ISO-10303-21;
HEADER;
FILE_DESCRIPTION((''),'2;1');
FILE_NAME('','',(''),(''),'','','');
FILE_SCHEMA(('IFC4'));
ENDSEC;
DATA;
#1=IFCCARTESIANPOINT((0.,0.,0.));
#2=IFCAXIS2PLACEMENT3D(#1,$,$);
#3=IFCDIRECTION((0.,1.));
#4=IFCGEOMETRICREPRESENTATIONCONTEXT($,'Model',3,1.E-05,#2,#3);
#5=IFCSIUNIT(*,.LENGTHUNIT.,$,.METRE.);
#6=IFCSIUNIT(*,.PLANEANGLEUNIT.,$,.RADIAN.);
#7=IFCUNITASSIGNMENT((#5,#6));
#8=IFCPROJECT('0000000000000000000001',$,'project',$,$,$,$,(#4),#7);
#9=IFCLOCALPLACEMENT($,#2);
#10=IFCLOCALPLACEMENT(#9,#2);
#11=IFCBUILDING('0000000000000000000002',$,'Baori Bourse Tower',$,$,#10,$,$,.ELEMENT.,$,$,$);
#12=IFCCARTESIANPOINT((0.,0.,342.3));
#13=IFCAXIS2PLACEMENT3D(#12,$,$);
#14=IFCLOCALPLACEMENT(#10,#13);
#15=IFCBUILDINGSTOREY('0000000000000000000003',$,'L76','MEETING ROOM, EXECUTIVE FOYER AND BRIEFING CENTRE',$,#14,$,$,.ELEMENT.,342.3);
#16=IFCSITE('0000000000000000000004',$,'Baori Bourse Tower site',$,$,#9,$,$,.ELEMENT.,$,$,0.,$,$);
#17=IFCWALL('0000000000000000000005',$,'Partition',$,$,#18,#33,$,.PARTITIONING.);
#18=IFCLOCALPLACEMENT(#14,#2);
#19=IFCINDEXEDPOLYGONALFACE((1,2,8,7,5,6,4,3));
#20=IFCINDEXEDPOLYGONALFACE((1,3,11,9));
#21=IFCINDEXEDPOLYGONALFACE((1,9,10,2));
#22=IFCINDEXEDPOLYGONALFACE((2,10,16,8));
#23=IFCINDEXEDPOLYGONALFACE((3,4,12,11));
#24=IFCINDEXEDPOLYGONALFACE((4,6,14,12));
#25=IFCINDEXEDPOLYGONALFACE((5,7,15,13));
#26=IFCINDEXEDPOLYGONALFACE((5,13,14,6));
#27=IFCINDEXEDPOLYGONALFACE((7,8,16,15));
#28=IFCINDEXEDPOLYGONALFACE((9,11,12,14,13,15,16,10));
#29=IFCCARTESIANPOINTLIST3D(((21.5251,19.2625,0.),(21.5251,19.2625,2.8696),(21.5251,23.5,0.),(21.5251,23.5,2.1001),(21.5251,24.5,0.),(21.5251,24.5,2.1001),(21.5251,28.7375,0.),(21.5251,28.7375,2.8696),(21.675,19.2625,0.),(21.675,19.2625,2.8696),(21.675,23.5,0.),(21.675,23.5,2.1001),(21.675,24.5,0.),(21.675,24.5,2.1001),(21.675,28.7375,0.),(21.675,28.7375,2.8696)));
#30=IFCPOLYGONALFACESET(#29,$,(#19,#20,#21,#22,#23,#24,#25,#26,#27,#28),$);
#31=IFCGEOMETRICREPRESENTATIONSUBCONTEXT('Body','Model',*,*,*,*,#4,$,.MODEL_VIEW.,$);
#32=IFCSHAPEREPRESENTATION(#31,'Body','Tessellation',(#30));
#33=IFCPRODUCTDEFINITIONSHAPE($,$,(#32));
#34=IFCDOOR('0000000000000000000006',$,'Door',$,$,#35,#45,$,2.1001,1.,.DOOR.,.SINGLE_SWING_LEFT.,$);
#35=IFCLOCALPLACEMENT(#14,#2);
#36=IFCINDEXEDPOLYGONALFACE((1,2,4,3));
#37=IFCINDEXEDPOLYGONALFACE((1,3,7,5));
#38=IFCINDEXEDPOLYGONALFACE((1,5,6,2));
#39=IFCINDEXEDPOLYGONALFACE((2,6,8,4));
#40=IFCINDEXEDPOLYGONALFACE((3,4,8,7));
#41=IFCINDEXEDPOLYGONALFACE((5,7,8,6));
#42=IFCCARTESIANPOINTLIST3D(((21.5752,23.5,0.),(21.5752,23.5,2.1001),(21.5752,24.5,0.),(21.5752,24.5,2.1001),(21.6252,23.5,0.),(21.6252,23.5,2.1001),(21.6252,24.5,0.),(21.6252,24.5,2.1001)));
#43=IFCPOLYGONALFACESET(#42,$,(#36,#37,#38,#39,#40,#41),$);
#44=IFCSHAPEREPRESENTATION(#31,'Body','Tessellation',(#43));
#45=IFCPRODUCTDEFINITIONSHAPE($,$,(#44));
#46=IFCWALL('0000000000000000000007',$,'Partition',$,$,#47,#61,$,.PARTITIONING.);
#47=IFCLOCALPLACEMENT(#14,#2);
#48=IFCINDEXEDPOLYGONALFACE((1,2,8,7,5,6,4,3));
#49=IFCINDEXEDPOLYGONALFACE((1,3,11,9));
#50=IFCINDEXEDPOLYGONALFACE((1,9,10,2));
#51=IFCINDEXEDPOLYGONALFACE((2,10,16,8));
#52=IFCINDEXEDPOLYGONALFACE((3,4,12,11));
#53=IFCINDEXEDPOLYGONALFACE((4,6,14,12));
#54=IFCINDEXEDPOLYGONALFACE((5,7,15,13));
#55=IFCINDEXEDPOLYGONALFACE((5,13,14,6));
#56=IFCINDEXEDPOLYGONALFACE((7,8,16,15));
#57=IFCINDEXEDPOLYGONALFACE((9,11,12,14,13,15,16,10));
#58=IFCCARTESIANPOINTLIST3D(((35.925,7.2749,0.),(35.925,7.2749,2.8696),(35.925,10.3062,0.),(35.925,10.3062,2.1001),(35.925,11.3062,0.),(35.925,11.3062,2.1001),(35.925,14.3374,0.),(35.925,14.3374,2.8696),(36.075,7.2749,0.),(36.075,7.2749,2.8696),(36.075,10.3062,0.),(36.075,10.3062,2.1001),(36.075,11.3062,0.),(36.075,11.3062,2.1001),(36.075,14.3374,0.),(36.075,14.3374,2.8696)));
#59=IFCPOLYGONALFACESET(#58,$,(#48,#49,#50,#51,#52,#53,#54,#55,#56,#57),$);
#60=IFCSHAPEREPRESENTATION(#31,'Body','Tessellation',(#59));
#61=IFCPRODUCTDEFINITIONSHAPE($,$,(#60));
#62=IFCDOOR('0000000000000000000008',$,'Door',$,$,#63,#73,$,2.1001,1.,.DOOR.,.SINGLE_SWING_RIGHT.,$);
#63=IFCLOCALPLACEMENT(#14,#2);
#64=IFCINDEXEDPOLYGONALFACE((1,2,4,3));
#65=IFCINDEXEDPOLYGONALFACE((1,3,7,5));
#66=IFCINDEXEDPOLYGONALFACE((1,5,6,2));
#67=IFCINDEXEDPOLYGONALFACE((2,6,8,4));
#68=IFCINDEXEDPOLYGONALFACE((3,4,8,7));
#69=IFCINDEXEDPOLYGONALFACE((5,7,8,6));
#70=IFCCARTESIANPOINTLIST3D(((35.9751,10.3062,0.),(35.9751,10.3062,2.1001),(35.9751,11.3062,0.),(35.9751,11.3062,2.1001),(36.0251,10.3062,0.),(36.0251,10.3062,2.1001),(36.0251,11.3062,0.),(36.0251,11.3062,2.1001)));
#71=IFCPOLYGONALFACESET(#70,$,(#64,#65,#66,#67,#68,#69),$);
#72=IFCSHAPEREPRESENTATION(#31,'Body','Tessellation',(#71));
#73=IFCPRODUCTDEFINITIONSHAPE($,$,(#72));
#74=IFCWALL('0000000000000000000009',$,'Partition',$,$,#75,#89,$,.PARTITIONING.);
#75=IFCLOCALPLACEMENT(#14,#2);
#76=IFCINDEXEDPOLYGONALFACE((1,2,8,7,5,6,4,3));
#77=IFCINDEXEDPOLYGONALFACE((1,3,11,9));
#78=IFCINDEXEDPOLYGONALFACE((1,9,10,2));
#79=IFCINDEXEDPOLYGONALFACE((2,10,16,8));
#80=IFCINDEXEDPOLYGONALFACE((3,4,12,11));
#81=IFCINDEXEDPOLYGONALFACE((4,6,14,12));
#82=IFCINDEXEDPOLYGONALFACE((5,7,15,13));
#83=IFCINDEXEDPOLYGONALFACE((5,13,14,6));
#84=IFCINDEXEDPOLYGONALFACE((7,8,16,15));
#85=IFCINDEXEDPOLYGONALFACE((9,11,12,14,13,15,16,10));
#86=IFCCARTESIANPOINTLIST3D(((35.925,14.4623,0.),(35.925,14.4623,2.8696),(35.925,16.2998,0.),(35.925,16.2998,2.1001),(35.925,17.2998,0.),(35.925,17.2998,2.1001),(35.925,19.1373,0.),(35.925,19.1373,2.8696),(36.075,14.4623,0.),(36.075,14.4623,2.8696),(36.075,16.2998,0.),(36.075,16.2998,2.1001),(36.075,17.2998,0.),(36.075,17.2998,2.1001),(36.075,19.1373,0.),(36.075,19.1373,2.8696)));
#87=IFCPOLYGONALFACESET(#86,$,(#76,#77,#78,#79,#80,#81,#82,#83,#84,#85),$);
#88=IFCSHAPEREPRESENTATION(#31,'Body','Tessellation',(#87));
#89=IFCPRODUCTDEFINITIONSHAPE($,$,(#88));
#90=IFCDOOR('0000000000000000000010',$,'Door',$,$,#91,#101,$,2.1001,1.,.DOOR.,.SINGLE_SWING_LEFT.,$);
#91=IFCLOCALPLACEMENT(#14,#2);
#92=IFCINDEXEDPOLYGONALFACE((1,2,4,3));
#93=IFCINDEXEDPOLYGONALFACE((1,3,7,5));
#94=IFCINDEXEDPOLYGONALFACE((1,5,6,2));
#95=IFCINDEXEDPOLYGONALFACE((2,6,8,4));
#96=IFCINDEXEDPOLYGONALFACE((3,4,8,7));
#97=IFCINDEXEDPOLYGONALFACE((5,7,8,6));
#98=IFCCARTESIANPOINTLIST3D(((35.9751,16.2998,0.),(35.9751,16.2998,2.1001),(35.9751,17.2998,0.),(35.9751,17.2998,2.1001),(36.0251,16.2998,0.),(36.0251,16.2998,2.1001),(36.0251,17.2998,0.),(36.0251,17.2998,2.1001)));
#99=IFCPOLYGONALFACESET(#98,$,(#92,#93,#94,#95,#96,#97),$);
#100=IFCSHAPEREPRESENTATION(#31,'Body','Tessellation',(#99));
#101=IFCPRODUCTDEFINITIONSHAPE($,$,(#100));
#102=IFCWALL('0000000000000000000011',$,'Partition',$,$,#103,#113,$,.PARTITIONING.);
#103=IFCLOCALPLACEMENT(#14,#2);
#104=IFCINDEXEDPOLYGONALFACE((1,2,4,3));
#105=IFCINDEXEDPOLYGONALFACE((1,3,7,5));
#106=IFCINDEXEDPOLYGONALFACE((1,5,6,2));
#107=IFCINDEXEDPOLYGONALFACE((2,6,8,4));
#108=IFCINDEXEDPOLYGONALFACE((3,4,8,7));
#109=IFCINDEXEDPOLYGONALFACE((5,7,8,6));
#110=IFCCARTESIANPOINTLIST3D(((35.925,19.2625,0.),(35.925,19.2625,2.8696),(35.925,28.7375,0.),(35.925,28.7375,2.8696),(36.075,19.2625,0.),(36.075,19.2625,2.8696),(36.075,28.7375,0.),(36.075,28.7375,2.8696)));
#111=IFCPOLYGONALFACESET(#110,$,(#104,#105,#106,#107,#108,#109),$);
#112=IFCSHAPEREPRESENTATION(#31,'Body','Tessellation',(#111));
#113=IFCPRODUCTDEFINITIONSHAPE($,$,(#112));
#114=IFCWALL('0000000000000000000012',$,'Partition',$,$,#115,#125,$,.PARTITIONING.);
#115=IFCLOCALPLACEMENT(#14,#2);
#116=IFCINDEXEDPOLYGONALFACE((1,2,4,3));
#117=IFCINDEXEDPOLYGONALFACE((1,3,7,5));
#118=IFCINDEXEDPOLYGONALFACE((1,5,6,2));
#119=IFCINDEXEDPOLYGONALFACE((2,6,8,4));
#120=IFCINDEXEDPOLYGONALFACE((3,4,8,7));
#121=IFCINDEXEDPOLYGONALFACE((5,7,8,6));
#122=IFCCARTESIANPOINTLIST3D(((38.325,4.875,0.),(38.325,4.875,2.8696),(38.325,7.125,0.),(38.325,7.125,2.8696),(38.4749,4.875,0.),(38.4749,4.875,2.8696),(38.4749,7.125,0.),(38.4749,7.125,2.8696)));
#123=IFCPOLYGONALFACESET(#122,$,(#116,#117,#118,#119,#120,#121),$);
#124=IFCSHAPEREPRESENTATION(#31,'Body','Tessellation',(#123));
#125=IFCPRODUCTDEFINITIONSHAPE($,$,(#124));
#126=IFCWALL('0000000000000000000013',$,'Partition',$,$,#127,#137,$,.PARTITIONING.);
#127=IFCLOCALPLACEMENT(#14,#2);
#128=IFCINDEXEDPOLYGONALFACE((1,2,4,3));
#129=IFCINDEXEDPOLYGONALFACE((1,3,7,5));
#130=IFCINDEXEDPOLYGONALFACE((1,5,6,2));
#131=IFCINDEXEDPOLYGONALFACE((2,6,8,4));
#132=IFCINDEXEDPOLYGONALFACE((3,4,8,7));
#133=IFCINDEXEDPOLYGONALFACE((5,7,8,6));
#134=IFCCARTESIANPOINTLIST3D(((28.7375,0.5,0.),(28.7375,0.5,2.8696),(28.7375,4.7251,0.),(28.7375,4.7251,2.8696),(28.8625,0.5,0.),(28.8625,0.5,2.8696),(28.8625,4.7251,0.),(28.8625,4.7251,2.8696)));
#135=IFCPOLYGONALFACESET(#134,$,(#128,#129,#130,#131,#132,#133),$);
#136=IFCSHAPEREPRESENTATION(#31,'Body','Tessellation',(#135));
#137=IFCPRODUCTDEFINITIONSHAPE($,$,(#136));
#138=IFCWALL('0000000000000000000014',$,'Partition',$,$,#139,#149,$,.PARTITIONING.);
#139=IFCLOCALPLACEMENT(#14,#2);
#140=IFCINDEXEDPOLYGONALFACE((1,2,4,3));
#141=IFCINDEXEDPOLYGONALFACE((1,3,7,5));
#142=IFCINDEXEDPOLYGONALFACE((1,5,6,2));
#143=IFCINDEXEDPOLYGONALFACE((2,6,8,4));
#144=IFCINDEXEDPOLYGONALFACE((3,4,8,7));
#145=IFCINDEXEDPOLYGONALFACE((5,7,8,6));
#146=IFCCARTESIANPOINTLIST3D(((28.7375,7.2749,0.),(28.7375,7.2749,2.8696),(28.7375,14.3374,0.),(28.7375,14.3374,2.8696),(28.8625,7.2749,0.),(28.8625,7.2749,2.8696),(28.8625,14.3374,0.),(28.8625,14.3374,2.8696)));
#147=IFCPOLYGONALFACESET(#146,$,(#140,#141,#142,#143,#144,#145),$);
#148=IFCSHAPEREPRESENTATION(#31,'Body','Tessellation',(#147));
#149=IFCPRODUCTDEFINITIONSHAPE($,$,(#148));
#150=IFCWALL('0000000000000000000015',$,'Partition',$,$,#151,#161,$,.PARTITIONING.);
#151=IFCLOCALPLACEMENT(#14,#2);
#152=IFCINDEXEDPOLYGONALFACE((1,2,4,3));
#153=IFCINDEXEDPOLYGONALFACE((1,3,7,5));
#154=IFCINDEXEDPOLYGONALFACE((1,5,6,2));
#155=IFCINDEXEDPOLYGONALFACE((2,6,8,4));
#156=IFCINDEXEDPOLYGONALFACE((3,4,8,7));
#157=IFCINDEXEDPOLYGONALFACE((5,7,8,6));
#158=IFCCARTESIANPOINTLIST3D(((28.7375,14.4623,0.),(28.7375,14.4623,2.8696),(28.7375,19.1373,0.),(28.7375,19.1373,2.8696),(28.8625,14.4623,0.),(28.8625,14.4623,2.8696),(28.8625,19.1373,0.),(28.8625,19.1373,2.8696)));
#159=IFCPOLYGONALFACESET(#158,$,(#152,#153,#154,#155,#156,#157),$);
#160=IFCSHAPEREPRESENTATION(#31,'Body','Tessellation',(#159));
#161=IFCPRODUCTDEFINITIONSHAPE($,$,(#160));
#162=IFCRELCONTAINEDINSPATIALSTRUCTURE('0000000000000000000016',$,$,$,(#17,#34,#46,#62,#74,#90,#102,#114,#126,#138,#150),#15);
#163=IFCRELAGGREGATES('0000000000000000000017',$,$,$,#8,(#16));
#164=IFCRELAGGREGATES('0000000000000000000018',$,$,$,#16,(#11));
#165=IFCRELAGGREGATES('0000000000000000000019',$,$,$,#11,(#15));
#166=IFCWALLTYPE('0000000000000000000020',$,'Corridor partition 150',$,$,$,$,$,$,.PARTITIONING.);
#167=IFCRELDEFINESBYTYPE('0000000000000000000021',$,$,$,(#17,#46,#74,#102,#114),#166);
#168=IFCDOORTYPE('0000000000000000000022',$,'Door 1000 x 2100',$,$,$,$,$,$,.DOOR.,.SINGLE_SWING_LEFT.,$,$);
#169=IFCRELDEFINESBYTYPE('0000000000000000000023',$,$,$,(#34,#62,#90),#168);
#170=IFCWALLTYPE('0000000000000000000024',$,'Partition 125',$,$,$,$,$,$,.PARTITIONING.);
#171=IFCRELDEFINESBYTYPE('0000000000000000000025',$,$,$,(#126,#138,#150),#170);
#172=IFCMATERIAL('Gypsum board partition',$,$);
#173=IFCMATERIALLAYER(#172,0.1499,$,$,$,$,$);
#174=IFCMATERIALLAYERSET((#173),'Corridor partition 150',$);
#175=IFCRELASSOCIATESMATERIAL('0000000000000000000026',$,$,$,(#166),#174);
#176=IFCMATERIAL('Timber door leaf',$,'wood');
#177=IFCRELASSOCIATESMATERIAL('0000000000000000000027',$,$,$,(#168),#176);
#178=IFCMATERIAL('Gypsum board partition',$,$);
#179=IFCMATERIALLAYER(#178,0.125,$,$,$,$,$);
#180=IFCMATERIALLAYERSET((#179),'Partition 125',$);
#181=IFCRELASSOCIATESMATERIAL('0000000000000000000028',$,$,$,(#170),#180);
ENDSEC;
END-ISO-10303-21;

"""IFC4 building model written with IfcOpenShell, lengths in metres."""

from ifc_helpers import new_model, si_unit, direction, frame, frame_2d, origin, place, context, subcontext, project, spatial, rectangle, extrude, material, layer, layer_set, type_object, element, fill, save


model = new_model("IFC4")

# Units and contexts
model_context = context("Model", 3, precision=1e-05, world=origin(), true_north=direction((0.0, 1.0)))
body_context = subcontext(model_context, "Body", "Model", "MODEL_VIEW")
ifc_project = project(units=[si_unit("LENGTHUNIT", "METRE"), si_unit("PLANEANGLEUNIT", "RADIAN")], contexts=[model_context])

# Site, building, storey
site_placement = place(None, origin())
site = spatial("IfcSite", under=ifc_project, at=site_placement, Name="Baori Bourse Tower site", CompositionType="ELEMENT", RefElevation=0.0)
building_placement = place(site_placement, origin())
building = spatial("IfcBuilding", under=site, at=building_placement, Name="Baori Bourse Tower", CompositionType="ELEMENT")
storey_placement = place(building_placement, frame((0.0, 0.0, 342.3)))
storey = spatial("IfcBuildingStorey", under=building, at=storey_placement, Name="L76", Description="MEETING ROOM, EXECUTIVE FOYER AND BRIEFING CENTRE", CompositionType="ELEMENT", Elevation=342.3)

# Walls, openings, doors
ifc_material_1 = material(Name="Gypsum board partition")
ifc_layer_1 = layer(ifc_material_1, 0.1499)
ifc_layer_set_1 = layer_set([ifc_layer_1], Name="Corridor partition 150")
wall_type_1 = type_object("IfcWallType", Name="Corridor partition 150", PredefinedType="PARTITIONING", material=ifc_layer_set_1)
ifc_material_2 = material(Name="Timber door leaf", Category="wood")
door_type = type_object("IfcDoorType", Name="Door 1000 x 2100", OperationType="SINGLE_SWING_LEFT", PredefinedType="DOOR", material=ifc_material_2)
wall_1_placement = place(storey_placement, frame((21.6001, 19.2625, 0.0), z_axis=(0.0, 0.0, 1.0), x_axis=(0.0, 1.0, 0.0)))
wall_1 = element("IfcWall", 1, at=wall_1_placement, inside=storey, type_object=wall_type_1, Name="Partition", PredefinedType="PARTITIONING", context=body_context, shape_type="SweptSolid", body=[
    extrude(rectangle(XDim=9.4751, YDim=0.1499, at=frame_2d((4.7375, 0.0))), origin(), (0.0, 0.0, 1.0), 2.8696),
])
opening_1_placement = place(wall_1_placement, frame((4.2375, 0.0, 0.0)))
opening_1 = element("IfcOpeningElement", 2, at=opening_1_placement, cuts=wall_1, PredefinedType="OPENING", context=body_context, shape_type="SweptSolid", body=[
    extrude(rectangle(XDim=1.0, YDim=2.1001, at=frame_2d((0.5, 1.05))), frame((0.0, 0.085, 0.0), z_axis=(0.0, -1.0, 0.0), x_axis=(1.0, 0.0, 0.0)), (0.0, 0.0, 1.0), 0.1699),
])
door_1_placement = place(opening_1_placement, origin())
door_1 = element("IfcDoor", 3, at=door_1_placement, inside=storey, type_object=door_type, Name="Door", OperationType="SINGLE_SWING_LEFT", OverallHeight=2.1001, OverallWidth=1.0, PredefinedType="DOOR", context=body_context, shape_type="SweptSolid", body=[
    extrude(rectangle(XDim=1.0, YDim=2.1001, at=frame_2d((0.5, 1.05))), frame((0.0, 0.0249, 0.0), z_axis=(0.0, -1.0, 0.0), x_axis=(1.0, 0.0, 0.0)), (0.0, 0.0, 1.0), 0.05),
])
fill(opening_1, door_1)
wall_2_placement = place(storey_placement, frame((36.0, 7.2749, 0.0), z_axis=(0.0, 0.0, 1.0), x_axis=(0.0, 1.0, 0.0)))
wall_2 = element("IfcWall", 4, at=wall_2_placement, inside=storey, type_object=wall_type_1, Name="Partition", PredefinedType="PARTITIONING", context=body_context, shape_type="SweptSolid", body=[
    extrude(rectangle(XDim=7.0625, YDim=0.1499, at=frame_2d((3.5312, 0.0))), origin(), (0.0, 0.0, 1.0), 2.8696),
])
opening_2_placement = place(wall_2_placement, frame((3.0312, 0.0, 0.0)))
opening_2 = element("IfcOpeningElement", 5, at=opening_2_placement, cuts=wall_2, PredefinedType="OPENING", context=body_context, shape_type="SweptSolid", body=[
    extrude(rectangle(XDim=1.0, YDim=2.1001, at=frame_2d((0.5, 1.05))), frame((0.0, 0.085, 0.0), z_axis=(0.0, -1.0, 0.0), x_axis=(1.0, 0.0, 0.0)), (0.0, 0.0, 1.0), 0.1699),
])
door_2_placement = place(opening_2_placement, origin())
door_2 = element("IfcDoor", 6, at=door_2_placement, inside=storey, type_object=door_type, Name="Door", OperationType="SINGLE_SWING_RIGHT", OverallHeight=2.1001, OverallWidth=1.0, PredefinedType="DOOR", context=body_context, shape_type="SweptSolid", body=[
    extrude(rectangle(XDim=1.0, YDim=2.1001, at=frame_2d((0.5, 1.05))), frame((0.0, 0.0249, 0.0), z_axis=(0.0, -1.0, 0.0), x_axis=(1.0, 0.0, 0.0)), (0.0, 0.0, 1.0), 0.05),
])
fill(opening_2, door_2)
wall_3_placement = place(storey_placement, frame((36.0, 14.4624, 0.0), z_axis=(0.0, 0.0, 1.0), x_axis=(0.0, 1.0, 0.0)))
wall_3 = element("IfcWall", 7, at=wall_3_placement, inside=storey, type_object=wall_type_1, Name="Partition", PredefinedType="PARTITIONING", context=body_context, shape_type="SweptSolid", body=[
    extrude(rectangle(XDim=4.675, YDim=0.1499, at=frame_2d((2.3374, 0.0))), origin(), (0.0, 0.0, 1.0), 2.8696),
])
opening_3_placement = place(wall_3_placement, frame((1.8374, 0.0, 0.0)))
opening_3 = element("IfcOpeningElement", 8, at=opening_3_placement, cuts=wall_3, PredefinedType="OPENING", context=body_context, shape_type="SweptSolid", body=[
    extrude(rectangle(XDim=1.0, YDim=2.1001, at=frame_2d((0.5, 1.05))), frame((0.0, 0.085, 0.0), z_axis=(0.0, -1.0, 0.0), x_axis=(1.0, 0.0, 0.0)), (0.0, 0.0, 1.0), 0.1699),
])
door_3_placement = place(opening_3_placement, origin())
door_3 = element("IfcDoor", 9, at=door_3_placement, inside=storey, type_object=door_type, Name="Door", OperationType="SINGLE_SWING_LEFT", OverallHeight=2.1001, OverallWidth=1.0, PredefinedType="DOOR", context=body_context, shape_type="SweptSolid", body=[
    extrude(rectangle(XDim=1.0, YDim=2.1001, at=frame_2d((0.5, 1.05))), frame((0.0, 0.0249, 0.0), z_axis=(0.0, -1.0, 0.0), x_axis=(1.0, 0.0, 0.0)), (0.0, 0.0, 1.0), 0.05),
])
fill(opening_3, door_3)

# Walls
wall_4_placement = place(storey_placement, frame((36.0, 19.2625, 0.0), z_axis=(0.0, 0.0, 1.0), x_axis=(0.0, 1.0, 0.0)))
element("IfcWall", 10, at=wall_4_placement, inside=storey, type_object=wall_type_1, Name="Partition", PredefinedType="PARTITIONING", context=body_context, shape_type="SweptSolid", body=[
    extrude(rectangle(XDim=9.4751, YDim=0.1499, at=frame_2d((4.7375, 0.0))), origin(), (0.0, 0.0, 1.0), 2.8696),
])
wall_5_placement = place(storey_placement, frame((38.3999, 4.875, 0.0), z_axis=(0.0, 0.0, 1.0), x_axis=(0.0, 1.0, 0.0)))
element("IfcWall", 11, at=wall_5_placement, inside=storey, type_object=wall_type_1, Name="Partition", PredefinedType="PARTITIONING", context=body_context, shape_type="SweptSolid", body=[
    extrude(rectangle(XDim=2.25, YDim=0.1499, at=frame_2d((1.125, 0.0))), origin(), (0.0, 0.0, 1.0), 2.8696),
])
ifc_material_3 = material(Name="Gypsum board partition")
ifc_layer_2 = layer(ifc_material_3, 0.125)
ifc_layer_set_2 = layer_set([ifc_layer_2], Name="Partition 125")
wall_type_2 = type_object("IfcWallType", Name="Partition 125", PredefinedType="PARTITIONING", material=ifc_layer_set_2)
wall_6_placement = place(storey_placement, frame((28.8, 0.5, 0.0), z_axis=(0.0, 0.0, 1.0), x_axis=(0.0, 1.0, 0.0)))
element("IfcWall", 12, at=wall_6_placement, inside=storey, type_object=wall_type_2, Name="Partition", PredefinedType="PARTITIONING", context=body_context, shape_type="SweptSolid", body=[
    extrude(rectangle(XDim=4.2251, YDim=0.125, at=frame_2d((2.1125, 0.0))), origin(), (0.0, 0.0, 1.0), 2.8696),
])
wall_7_placement = place(storey_placement, frame((28.8, 7.2749, 0.0), z_axis=(0.0, 0.0, 1.0), x_axis=(0.0, 1.0, 0.0)))
element("IfcWall", 13, at=wall_7_placement, inside=storey, type_object=wall_type_2, Name="Partition", PredefinedType="PARTITIONING", context=body_context, shape_type="SweptSolid", body=[
    extrude(rectangle(XDim=7.0625, YDim=0.125, at=frame_2d((3.5312, 0.0))), origin(), (0.0, 0.0, 1.0), 2.8696),
])
wall_8_placement = place(storey_placement, frame((28.8, 14.4624, 0.0), z_axis=(0.0, 0.0, 1.0), x_axis=(0.0, 1.0, 0.0)))
element("IfcWall", 14, at=wall_8_placement, inside=storey, type_object=wall_type_2, Name="Partition", PredefinedType="PARTITIONING", context=body_context, shape_type="SweptSolid", body=[
    extrude(rectangle(XDim=4.675, YDim=0.125, at=frame_2d((2.3374, 0.0))), origin(), (0.0, 0.0, 1.0), 2.8696),
])

save(model, "model.ifc")
